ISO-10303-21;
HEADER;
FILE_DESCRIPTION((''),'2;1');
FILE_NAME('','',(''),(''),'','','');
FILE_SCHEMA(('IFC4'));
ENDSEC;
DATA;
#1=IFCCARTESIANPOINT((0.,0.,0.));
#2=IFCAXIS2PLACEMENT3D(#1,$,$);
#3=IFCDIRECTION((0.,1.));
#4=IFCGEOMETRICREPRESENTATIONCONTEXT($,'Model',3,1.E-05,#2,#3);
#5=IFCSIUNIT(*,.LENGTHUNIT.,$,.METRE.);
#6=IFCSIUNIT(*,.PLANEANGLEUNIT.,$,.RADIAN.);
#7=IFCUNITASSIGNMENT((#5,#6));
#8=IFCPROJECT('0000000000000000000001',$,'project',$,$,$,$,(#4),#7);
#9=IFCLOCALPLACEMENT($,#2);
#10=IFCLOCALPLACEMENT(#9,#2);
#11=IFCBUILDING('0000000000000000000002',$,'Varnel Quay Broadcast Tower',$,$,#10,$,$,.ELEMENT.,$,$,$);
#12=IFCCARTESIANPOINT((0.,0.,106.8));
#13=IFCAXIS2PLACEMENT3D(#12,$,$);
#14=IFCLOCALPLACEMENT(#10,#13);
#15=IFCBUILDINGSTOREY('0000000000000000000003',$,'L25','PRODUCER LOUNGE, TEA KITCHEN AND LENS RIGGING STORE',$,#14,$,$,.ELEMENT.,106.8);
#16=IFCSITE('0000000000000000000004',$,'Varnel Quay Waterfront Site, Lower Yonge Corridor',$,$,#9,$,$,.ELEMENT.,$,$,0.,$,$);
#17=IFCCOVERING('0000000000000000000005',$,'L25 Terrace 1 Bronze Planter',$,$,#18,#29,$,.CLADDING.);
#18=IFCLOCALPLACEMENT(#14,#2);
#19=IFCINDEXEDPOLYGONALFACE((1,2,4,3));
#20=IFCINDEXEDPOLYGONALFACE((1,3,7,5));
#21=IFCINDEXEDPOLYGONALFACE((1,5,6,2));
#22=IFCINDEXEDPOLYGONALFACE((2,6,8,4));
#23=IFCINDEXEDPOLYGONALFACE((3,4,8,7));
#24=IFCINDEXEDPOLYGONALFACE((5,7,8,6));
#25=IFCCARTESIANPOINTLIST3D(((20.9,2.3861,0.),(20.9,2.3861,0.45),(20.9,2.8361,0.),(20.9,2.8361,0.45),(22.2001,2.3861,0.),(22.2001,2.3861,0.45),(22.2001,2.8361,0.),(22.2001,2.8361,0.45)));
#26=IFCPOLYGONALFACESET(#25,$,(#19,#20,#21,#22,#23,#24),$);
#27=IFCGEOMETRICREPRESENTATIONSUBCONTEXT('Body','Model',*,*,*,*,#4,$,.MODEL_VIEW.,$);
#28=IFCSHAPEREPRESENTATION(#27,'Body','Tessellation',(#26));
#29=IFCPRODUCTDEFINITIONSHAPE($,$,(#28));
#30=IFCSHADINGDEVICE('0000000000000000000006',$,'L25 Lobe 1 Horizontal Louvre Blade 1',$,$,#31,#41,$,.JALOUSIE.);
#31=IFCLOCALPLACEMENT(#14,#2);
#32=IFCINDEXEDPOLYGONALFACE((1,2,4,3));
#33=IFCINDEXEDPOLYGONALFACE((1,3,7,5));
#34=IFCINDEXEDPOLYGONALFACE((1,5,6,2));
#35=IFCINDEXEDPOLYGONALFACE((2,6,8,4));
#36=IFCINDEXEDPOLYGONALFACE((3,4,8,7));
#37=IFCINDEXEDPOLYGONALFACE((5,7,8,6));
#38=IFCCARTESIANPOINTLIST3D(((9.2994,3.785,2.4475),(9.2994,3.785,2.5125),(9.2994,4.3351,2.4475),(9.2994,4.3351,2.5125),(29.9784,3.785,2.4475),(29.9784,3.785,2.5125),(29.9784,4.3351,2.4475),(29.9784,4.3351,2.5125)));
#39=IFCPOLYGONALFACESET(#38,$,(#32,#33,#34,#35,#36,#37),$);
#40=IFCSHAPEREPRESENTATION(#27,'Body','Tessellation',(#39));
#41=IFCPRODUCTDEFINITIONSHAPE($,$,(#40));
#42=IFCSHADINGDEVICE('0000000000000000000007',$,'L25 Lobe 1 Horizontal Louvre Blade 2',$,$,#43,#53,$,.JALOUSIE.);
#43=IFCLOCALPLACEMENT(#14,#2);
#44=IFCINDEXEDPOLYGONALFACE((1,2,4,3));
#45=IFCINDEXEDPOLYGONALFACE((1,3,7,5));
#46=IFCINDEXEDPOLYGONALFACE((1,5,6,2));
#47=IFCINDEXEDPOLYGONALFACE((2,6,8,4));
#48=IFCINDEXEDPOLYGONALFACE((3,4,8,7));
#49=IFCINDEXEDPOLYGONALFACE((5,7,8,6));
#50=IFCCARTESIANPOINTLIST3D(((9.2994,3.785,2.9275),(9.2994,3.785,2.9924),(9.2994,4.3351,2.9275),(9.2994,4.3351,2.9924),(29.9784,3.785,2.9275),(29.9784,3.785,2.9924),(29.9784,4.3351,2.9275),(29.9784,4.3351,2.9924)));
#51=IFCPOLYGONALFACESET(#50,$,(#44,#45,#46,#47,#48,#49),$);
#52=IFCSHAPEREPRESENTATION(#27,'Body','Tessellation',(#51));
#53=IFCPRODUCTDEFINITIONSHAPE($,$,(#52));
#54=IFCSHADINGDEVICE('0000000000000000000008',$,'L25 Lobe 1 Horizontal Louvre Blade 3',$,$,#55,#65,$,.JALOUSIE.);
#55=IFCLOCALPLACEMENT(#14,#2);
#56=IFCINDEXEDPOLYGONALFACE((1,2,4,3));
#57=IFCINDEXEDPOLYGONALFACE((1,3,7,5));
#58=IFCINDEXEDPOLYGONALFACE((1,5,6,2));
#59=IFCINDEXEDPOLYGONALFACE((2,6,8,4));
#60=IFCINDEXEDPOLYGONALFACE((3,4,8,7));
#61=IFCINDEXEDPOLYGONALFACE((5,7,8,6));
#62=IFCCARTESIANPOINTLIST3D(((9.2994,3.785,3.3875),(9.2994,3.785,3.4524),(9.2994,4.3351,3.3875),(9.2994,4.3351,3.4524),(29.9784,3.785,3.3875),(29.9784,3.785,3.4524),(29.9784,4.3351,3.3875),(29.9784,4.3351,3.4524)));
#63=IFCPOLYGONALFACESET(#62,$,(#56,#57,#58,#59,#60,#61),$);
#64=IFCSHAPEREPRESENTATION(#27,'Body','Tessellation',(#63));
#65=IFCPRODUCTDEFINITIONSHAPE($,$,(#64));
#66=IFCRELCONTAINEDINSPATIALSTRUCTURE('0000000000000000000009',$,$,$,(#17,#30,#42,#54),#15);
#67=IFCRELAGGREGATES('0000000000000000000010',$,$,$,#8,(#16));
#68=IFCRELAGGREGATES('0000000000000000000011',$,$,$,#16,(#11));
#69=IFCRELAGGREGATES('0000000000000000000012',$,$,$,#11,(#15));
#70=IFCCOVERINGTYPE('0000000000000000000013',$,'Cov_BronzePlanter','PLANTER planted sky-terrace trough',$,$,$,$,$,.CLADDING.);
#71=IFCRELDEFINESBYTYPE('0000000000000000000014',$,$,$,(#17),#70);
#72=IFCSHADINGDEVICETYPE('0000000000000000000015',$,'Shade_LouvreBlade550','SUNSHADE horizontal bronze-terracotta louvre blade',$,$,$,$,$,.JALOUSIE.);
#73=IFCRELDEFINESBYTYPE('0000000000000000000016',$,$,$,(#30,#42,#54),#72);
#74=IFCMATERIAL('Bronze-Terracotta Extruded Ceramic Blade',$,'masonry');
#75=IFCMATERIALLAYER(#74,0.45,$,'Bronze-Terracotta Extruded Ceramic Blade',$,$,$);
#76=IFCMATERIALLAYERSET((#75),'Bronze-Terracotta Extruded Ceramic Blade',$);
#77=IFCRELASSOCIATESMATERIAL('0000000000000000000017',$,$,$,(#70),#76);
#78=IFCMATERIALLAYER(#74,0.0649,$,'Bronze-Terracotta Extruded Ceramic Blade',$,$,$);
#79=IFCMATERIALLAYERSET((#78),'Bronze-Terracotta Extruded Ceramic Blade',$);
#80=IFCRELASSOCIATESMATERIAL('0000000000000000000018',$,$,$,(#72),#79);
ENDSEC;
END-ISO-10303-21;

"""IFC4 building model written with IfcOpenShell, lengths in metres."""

from ifc_helpers import new_model, si_unit, direction, frame, origin, origin_2d, place, context, subcontext, project, spatial, rectangle, extrude, source, transform, mapped, material, layer, layer_set, type_object, type_shapes, element, save


model = new_model("IFC4")

# Units and contexts
model_context = context("Model", 3, precision=1e-05, world=origin(), true_north=direction((0.0, 1.0)))
body_context = subcontext(model_context, "Body", "Model", "MODEL_VIEW")
ifc_project = project(units=[si_unit("LENGTHUNIT", "METRE"), si_unit("PLANEANGLEUNIT", "RADIAN")], contexts=[model_context])

# Site, building, storey
site_placement = place(None, origin())
site = spatial("IfcSite", under=ifc_project, at=site_placement, Name="Varnel Quay Waterfront Site, Lower Yonge Corridor", CompositionType="ELEMENT", RefElevation=0.0)
building_placement = place(site_placement, origin())
building = spatial("IfcBuilding", under=site, at=building_placement, Name="Varnel Quay Broadcast Tower", CompositionType="ELEMENT")
storey_placement = place(building_placement, frame((0.0, 0.0, 106.8)))
storey = spatial("IfcBuildingStorey", under=building, at=storey_placement, Name="L25", Description="PRODUCER LOUNGE, TEA KITCHEN AND LENS RIGGING STORE", CompositionType="ELEMENT", Elevation=106.8)

# Covering
ifc_material_1 = material(Name="Bronze-Terracotta Extruded Ceramic Blade", Category="masonry")
ifc_layer_1 = layer(ifc_material_1, 0.45, Name="Bronze-Terracotta Extruded Ceramic Blade")
ifc_layer_set_1 = layer_set([ifc_layer_1], Name="Bronze-Terracotta Extruded Ceramic Blade")
covering_type = type_object("IfcCoveringType", Name="Cov_BronzePlanter", Description="PLANTER planted sky-terrace trough", PredefinedType="CLADDING", material=ifc_layer_set_1)
shared_shape_1 = source(origin(), body_context, "Body", "SweptSolid", [
    extrude(rectangle(XDim=1.3, YDim=0.45, at=origin_2d()), origin(), (0.0, 0.0, 1.0), 0.45),
])
type_shapes(covering_type, [shared_shape_1])
covering_placement = place(storey_placement, frame((21.55, 2.6111, 0.0), z_axis=(0.0, 0.0, 1.0), x_axis=(1.0, 0.0, 0.0)))
element("IfcCovering", 1, at=covering_placement, inside=storey, type_object=covering_type, Name="L25 Terrace 1 Bronze Planter", PredefinedType="CLADDING", context=body_context, shape_type="MappedRepresentation", body=[
    mapped(shared_shape_1, transform((0.0, 0.0, 0.0), x_axis=(1.0, 0.0, 0.0), y_axis=(0.0, 1.0, 0.0), z_axis=(0.0, 0.0, 1.0), scale=1.0)),
])

# Shading devices
ifc_layer_2 = layer(ifc_material_1, 0.0649, Name="Bronze-Terracotta Extruded Ceramic Blade")
ifc_layer_set_2 = layer_set([ifc_layer_2], Name="Bronze-Terracotta Extruded Ceramic Blade")
shading_device_type = type_object("IfcShadingDeviceType", Name="Shade_LouvreBlade550", Description="SUNSHADE horizontal bronze-terracotta louvre blade", PredefinedType="JALOUSIE", material=ifc_layer_set_2)
shared_shape_2 = source(origin(), body_context, "Body", "SweptSolid", [
    extrude(rectangle(XDim=20.679, YDim=0.55, at=origin_2d()), origin(), (0.0, 0.0, 1.0), 0.0649),
])
type_shapes(shading_device_type, [shared_shape_2])
for number, where, z_axis, x_axis, name in (
    (2, (19.6389, 4.0601, 2.4475), (0.0, 0.0, 1.0), (1.0, 0.0, 0.0), "L25 Lobe 1 Horizontal Louvre Blade 1"),
    (3, (19.6389, 4.0601, 2.9275), (0.0, 0.0, 1.0), (1.0, 0.0, 0.0), "L25 Lobe 1 Horizontal Louvre Blade 2"),
    (4, (19.6389, 4.0601, 3.3875), (0.0, 0.0, 1.0), (1.0, 0.0, 0.0), "L25 Lobe 1 Horizontal Louvre Blade 3"),
):
    element("IfcShadingDevice", number, at=place(storey_placement, frame(where, z_axis=z_axis, x_axis=x_axis)), inside=storey, type_object=shading_device_type, Name=name, PredefinedType="JALOUSIE", context=body_context, shape_type="MappedRepresentation", body=[
        mapped(shared_shape_2, transform((0.0, 0.0, 0.0), x_axis=(1.0, 0.0, 0.0), y_axis=(0.0, 1.0, 0.0), z_axis=(0.0, 0.0, 1.0), scale=1.0)),
    ])

save(model, "model.ifc")
